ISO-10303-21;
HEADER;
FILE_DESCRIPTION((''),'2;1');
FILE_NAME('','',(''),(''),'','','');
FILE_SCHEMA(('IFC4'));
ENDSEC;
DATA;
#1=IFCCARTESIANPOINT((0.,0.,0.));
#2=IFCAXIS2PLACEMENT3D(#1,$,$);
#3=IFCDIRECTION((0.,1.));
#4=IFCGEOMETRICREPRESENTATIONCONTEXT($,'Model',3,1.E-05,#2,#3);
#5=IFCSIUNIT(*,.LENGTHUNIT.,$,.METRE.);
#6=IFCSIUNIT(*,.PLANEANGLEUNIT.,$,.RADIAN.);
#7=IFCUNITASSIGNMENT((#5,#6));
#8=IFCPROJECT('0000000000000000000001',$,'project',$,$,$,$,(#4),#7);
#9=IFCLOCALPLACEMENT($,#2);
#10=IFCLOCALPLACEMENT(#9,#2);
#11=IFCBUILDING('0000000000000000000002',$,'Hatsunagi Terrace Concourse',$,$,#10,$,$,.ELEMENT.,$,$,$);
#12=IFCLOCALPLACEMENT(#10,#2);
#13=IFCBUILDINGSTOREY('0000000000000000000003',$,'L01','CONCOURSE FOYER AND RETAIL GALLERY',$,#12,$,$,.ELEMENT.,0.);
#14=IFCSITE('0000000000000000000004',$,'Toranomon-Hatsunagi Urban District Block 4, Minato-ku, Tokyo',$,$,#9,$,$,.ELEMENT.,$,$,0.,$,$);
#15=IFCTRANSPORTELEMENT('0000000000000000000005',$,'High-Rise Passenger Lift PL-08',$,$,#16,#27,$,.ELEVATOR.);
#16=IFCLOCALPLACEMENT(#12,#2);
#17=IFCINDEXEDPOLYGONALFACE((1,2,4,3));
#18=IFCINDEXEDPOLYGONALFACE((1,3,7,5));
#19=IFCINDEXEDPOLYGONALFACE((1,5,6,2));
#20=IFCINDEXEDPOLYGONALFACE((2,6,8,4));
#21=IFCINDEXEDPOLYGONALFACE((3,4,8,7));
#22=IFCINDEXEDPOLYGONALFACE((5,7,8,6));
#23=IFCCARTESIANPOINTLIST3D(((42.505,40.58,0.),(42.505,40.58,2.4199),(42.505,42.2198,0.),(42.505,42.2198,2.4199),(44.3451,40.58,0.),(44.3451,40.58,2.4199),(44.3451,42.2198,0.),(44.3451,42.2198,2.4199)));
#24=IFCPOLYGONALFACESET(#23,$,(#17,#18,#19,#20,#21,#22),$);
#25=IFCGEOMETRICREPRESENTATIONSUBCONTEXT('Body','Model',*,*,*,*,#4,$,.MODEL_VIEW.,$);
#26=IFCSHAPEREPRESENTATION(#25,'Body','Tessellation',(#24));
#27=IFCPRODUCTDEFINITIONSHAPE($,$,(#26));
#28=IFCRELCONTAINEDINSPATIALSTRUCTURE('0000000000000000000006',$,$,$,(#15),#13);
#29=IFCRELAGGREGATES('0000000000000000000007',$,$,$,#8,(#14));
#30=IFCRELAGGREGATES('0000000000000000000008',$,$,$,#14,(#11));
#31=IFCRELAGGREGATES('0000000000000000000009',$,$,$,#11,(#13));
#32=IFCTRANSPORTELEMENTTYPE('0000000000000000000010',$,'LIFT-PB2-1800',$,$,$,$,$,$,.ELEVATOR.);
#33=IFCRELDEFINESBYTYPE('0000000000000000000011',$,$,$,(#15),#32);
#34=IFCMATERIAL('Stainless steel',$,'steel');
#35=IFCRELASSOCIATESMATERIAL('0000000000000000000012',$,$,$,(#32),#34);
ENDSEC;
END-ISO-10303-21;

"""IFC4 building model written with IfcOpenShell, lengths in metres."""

from ifc_helpers import new_model, si_unit, direction, frame, origin, origin_2d, place, context, subcontext, project, spatial, rectangle, extrude, material, type_object, element, save


model = new_model("IFC4")

# Units and contexts
model_context = context("Model", 3, precision=1e-05, world=origin(), true_north=direction((0.0, 1.0)))
body_context = subcontext(model_context, "Body", "Model", "MODEL_VIEW")
ifc_project = project(units=[si_unit("LENGTHUNIT", "METRE"), si_unit("PLANEANGLEUNIT", "RADIAN")], contexts=[model_context])

# Site, building, storey
site_placement = place(None, origin())
site = spatial("IfcSite", under=ifc_project, at=site_placement, Name="Toranomon-Hatsunagi Urban District Block 4, Minato-ku, Tokyo", CompositionType="ELEMENT", RefElevation=0.0)
building_placement = place(site_placement, origin())
building = spatial("IfcBuilding", under=site, at=building_placement, Name="Hatsunagi Terrace Concourse", CompositionType="ELEMENT")
storey_placement = place(building_placement, origin())
storey = spatial("IfcBuildingStorey", under=building, at=storey_placement, Name="L01", Description="CONCOURSE FOYER AND RETAIL GALLERY", CompositionType="ELEMENT", Elevation=0.0)

# Transport element
ifc_material_1 = material(Name="Stainless steel", Category="steel")
transport_element_type = type_object("IfcTransportElementType", Name="LIFT-PB2-1800", PredefinedType="ELEVATOR", material=ifc_material_1)
for number, where, z_axis, x_axis, name in (
    (1, (43.425, 41.3999, 0.0), (0.0, 0.0, 1.0), (1.0, 0.0, 0.0), "High-Rise Passenger Lift PL-08"),
):
    element("IfcTransportElement", number, at=place(storey_placement, frame(where, z_axis=z_axis, x_axis=x_axis)), inside=storey, type_object=transport_element_type, Name=name, PredefinedType="ELEVATOR", context=body_context, shape_type="SweptSolid", body=[
        extrude(rectangle(XDim=1.8401, YDim=1.6399, at=origin_2d()), origin(), (0.0, 0.0, 1.0), 2.4199),
    ])

save(model, "model.ifc")
